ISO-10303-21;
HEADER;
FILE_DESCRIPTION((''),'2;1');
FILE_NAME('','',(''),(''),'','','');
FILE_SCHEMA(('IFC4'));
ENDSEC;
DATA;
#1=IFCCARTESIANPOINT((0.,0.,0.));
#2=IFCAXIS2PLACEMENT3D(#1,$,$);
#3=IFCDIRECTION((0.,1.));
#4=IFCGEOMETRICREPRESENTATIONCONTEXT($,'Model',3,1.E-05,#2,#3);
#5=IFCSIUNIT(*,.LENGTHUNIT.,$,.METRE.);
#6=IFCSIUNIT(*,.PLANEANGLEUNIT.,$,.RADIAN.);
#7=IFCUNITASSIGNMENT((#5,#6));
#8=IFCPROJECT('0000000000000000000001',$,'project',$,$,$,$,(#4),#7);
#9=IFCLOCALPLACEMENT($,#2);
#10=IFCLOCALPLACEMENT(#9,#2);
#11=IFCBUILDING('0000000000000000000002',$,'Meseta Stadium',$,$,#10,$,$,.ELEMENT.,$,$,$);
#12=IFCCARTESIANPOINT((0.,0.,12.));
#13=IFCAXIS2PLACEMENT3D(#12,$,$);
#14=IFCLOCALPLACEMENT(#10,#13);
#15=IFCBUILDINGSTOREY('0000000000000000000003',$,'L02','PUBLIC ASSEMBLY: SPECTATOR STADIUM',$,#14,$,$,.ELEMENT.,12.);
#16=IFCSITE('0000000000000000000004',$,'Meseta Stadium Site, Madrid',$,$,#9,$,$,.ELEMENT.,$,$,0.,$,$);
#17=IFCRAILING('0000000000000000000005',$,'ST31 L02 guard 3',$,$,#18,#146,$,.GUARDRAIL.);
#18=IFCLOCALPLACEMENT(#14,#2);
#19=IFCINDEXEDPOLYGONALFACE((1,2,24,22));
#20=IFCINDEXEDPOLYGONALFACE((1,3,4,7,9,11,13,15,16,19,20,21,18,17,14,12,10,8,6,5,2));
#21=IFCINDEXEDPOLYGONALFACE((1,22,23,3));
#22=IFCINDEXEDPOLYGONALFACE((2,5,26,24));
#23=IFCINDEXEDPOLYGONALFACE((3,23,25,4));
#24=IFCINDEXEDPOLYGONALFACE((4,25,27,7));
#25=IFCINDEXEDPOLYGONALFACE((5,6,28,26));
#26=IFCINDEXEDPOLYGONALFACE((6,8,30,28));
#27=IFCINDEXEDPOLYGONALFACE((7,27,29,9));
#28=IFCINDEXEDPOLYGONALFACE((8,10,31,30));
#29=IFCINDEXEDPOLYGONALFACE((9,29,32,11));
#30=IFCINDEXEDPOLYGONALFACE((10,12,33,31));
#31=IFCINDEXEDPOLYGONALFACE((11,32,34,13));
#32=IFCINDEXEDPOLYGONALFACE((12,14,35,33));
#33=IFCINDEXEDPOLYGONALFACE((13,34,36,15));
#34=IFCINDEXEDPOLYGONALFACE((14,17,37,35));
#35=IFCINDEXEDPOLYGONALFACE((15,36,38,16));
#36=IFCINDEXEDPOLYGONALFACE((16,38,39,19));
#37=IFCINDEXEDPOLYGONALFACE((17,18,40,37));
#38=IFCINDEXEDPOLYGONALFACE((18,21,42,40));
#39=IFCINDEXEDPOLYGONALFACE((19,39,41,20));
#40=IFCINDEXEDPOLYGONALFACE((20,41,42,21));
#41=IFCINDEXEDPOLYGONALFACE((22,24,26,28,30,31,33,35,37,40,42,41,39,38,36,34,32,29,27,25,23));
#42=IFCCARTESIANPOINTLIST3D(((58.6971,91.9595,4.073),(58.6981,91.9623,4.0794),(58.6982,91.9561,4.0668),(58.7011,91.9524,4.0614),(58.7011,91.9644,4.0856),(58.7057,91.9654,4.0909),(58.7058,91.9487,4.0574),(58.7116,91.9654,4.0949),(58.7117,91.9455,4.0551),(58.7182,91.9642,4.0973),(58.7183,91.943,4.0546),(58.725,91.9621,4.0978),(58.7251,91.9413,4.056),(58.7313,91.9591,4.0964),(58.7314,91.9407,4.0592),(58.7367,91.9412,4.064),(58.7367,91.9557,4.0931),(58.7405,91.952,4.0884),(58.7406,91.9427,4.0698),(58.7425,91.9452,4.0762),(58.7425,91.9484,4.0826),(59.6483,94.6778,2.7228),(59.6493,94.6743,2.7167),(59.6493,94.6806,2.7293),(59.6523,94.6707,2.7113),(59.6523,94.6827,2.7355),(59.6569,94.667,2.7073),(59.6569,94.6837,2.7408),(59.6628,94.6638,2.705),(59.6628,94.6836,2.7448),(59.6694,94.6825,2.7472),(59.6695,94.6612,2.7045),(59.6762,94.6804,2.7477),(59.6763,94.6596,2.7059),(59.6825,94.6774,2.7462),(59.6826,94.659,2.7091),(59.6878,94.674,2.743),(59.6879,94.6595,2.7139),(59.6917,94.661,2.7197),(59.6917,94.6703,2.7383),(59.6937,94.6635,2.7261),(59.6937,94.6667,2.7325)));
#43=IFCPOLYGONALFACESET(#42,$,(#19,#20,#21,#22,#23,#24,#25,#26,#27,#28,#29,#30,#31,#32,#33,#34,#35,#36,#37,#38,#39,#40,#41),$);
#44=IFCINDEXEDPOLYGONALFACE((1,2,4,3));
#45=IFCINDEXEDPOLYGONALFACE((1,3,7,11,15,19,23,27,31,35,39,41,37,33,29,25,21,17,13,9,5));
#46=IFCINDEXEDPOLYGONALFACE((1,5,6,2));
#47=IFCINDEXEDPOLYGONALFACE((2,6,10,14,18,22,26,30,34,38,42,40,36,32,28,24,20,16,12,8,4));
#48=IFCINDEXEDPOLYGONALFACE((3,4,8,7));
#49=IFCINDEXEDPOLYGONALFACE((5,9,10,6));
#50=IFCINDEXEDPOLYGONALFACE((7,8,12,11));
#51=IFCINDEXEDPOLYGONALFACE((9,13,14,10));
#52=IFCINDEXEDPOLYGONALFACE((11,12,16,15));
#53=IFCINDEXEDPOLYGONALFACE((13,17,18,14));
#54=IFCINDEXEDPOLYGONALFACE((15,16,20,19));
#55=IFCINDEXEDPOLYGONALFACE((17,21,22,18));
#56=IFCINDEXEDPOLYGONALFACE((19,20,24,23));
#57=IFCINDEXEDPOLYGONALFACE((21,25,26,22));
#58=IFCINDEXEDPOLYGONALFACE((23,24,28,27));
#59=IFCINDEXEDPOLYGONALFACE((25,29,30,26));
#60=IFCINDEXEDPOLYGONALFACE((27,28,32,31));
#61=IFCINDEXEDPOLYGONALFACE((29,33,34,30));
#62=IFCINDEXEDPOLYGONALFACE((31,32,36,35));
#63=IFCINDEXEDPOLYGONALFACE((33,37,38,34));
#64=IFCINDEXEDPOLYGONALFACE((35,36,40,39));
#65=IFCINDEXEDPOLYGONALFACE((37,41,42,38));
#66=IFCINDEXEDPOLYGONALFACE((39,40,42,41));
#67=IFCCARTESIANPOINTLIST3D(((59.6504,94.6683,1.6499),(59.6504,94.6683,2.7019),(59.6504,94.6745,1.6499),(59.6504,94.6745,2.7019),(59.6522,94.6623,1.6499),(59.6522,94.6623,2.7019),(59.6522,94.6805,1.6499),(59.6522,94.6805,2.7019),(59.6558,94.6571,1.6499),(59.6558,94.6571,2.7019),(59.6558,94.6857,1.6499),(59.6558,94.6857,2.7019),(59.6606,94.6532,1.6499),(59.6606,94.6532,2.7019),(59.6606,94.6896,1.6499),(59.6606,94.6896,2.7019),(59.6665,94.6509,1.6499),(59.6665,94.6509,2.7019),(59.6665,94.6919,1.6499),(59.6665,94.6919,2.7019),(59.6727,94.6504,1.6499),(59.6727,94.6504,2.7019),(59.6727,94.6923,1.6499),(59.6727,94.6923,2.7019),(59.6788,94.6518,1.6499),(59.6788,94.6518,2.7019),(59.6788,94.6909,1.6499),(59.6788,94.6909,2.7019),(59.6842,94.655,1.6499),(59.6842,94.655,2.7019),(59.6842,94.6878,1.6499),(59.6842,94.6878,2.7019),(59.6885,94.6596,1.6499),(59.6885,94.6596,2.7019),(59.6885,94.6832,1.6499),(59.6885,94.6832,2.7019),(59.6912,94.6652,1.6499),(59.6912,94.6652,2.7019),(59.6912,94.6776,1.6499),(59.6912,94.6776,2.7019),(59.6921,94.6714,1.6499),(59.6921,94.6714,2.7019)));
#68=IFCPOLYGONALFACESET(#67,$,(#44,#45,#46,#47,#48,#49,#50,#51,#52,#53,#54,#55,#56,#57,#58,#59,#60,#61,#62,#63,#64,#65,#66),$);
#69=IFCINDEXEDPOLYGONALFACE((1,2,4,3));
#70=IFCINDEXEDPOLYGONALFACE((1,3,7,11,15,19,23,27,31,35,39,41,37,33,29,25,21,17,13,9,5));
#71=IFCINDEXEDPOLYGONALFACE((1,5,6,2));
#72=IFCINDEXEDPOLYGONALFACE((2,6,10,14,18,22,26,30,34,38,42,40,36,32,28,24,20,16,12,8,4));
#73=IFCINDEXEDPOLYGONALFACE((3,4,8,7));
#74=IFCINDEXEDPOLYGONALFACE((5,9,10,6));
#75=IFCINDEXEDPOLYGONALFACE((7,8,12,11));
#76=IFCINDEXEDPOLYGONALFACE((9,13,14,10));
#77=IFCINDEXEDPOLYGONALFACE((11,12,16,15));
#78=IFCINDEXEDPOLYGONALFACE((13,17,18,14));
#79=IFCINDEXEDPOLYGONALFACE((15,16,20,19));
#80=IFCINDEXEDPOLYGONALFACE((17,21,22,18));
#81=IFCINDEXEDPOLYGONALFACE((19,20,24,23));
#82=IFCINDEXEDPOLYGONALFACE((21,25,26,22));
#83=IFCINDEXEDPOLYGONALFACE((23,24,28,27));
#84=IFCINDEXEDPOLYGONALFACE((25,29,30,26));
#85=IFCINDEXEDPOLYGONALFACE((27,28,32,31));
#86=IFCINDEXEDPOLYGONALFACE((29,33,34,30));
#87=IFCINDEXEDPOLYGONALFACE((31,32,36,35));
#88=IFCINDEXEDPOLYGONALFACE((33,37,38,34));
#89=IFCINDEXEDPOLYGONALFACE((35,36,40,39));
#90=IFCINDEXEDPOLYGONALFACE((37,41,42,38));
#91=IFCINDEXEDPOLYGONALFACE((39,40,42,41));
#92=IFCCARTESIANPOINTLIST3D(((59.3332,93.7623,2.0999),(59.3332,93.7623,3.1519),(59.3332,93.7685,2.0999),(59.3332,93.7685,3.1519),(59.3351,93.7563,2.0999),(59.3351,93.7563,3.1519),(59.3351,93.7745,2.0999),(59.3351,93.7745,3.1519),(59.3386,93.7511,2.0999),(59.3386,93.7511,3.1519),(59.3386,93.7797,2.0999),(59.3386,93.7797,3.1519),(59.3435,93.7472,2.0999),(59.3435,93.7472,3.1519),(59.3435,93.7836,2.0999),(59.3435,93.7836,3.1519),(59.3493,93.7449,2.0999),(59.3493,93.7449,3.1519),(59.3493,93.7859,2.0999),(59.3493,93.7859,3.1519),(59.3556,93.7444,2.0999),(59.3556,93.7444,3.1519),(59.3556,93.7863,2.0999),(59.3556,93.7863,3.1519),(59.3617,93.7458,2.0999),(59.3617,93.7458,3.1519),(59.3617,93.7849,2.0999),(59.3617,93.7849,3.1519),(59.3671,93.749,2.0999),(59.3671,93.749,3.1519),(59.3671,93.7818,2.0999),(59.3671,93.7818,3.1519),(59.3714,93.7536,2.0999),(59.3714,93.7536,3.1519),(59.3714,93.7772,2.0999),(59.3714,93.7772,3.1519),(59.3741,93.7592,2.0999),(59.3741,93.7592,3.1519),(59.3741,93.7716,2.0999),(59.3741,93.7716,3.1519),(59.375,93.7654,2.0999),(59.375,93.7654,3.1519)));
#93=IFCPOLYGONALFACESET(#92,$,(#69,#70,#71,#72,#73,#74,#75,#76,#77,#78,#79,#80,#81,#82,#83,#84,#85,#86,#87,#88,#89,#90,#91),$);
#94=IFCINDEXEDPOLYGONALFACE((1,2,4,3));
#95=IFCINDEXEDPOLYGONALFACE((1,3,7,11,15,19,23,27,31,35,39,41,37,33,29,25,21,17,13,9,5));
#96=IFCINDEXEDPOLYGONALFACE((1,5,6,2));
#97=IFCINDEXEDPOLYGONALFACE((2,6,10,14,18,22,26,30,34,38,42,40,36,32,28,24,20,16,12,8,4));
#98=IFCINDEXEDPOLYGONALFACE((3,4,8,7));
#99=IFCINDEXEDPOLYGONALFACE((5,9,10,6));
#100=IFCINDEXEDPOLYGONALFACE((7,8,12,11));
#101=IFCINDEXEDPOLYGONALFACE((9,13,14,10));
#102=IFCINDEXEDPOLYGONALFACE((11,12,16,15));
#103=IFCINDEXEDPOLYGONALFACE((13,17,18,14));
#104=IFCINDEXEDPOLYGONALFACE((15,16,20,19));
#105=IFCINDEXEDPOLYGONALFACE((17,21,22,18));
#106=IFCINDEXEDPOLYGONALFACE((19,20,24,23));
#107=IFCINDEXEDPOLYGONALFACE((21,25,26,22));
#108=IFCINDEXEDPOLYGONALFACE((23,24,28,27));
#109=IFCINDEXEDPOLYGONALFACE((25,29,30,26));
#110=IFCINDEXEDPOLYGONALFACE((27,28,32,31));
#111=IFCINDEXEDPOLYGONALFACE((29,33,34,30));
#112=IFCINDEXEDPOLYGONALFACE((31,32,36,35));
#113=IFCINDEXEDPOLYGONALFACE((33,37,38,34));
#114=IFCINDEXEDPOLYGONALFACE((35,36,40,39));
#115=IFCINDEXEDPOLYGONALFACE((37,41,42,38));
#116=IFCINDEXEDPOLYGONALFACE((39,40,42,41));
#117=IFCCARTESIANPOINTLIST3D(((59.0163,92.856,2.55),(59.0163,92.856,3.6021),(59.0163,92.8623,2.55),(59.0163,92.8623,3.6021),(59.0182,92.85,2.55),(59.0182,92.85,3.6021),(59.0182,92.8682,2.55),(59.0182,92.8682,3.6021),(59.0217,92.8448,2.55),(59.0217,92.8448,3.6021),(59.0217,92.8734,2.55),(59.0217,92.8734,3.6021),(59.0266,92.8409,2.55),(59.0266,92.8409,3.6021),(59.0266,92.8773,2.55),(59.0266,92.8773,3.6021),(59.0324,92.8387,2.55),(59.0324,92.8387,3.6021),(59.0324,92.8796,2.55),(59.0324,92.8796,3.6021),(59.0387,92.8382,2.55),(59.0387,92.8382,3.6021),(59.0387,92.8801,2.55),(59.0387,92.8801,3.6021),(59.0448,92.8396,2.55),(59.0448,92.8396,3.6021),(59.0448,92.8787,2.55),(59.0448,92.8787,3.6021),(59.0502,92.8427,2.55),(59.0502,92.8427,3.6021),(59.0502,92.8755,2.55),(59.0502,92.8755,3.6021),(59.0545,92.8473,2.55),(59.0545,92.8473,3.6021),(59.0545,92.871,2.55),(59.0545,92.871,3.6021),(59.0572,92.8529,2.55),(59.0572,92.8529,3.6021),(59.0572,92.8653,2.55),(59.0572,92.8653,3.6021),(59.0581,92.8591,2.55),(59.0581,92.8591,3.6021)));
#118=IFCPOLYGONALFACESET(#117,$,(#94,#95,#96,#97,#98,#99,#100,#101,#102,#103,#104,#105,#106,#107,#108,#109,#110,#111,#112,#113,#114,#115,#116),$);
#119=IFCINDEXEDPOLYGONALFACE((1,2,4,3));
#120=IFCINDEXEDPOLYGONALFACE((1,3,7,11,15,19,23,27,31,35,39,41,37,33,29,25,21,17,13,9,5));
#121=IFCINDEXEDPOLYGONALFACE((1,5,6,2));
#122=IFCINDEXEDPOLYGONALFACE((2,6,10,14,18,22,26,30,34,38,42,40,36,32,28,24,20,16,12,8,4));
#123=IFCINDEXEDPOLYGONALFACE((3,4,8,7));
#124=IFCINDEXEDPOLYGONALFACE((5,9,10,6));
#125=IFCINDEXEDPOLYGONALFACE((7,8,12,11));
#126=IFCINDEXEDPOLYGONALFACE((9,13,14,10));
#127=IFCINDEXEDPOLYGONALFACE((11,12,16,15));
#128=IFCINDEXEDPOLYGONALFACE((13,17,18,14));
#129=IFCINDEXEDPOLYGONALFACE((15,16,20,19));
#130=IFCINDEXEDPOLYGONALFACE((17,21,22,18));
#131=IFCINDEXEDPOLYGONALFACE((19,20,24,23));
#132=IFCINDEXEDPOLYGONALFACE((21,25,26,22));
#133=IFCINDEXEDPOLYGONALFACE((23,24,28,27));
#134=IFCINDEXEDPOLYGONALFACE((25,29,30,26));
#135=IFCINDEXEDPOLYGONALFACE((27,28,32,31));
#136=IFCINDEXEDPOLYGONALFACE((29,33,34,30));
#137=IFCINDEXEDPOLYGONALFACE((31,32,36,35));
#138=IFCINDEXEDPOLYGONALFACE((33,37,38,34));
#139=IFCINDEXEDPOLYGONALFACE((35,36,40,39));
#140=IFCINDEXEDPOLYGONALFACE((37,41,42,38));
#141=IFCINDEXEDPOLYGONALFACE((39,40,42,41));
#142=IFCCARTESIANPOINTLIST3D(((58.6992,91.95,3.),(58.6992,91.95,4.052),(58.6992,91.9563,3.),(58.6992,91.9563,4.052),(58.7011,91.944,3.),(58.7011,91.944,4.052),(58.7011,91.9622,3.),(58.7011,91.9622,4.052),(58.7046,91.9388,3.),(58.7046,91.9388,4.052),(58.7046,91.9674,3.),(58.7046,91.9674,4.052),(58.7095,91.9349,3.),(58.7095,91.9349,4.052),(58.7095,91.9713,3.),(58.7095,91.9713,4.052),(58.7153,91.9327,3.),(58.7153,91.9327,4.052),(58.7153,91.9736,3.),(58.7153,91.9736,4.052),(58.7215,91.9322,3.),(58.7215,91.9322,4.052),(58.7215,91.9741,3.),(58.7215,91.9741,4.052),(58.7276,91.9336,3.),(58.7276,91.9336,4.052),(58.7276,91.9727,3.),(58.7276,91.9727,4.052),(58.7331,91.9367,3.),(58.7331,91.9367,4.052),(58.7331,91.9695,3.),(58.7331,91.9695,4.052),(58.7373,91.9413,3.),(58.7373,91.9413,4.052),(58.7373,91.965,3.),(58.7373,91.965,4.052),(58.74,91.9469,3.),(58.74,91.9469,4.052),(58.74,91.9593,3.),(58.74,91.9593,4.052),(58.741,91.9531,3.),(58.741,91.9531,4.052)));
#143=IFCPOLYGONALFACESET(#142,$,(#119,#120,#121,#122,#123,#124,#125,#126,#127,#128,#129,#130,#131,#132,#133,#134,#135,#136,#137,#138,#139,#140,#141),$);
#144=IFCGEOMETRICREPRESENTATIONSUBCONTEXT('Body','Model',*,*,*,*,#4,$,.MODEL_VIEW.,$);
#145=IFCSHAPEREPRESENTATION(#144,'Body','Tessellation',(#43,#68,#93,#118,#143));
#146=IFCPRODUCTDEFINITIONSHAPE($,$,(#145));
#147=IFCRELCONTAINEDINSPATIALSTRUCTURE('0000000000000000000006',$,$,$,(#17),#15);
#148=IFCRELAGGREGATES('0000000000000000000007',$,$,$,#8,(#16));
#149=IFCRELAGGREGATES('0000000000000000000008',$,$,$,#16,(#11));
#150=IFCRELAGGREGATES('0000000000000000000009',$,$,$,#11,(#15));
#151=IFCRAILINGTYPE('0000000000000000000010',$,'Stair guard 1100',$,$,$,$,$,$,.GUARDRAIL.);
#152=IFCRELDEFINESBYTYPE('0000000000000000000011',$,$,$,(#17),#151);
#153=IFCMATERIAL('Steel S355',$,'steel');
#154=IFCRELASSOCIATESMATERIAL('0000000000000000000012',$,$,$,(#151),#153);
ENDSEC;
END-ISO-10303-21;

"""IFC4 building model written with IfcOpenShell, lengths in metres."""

from ifc_helpers import new_model, si_unit, direction, frame, origin, origin_2d, place, context, subcontext, project, spatial, circle, extrude, material, type_object, element, save


model = new_model("IFC4")

# Units and contexts
model_context = context("Model", 3, precision=1e-05, world=origin(), true_north=direction((0.0, 1.0)))
body_context = subcontext(model_context, "Body", "Model", "MODEL_VIEW")
ifc_project = project(units=[si_unit("LENGTHUNIT", "METRE"), si_unit("PLANEANGLEUNIT", "RADIAN")], contexts=[model_context])

# Site, building, storey
site_placement = place(None, origin())
site = spatial("IfcSite", under=ifc_project, at=site_placement, Name="Meseta Stadium Site, Madrid", CompositionType="ELEMENT", RefElevation=0.0)
building_placement = place(site_placement, origin())
building = spatial("IfcBuilding", under=site, at=building_placement, Name="Meseta Stadium", CompositionType="ELEMENT")
storey_placement = place(building_placement, frame((0.0, 0.0, 12.0)))
storey = spatial("IfcBuildingStorey", under=building, at=storey_placement, Name="L02", Description="PUBLIC ASSEMBLY: SPECTATOR STADIUM", CompositionType="ELEMENT", Elevation=12.0)

# Railing
ifc_material_1 = material(Name="Steel S355", Category="steel")
railing_type_1 = type_object("IfcRailingType", Name="Stair guard 1100", PredefinedType="GUARDRAIL", material=ifc_material_1)
railing_1_placement = place(storey_placement, frame((59.6711, 94.6714, 1.6499)))
element("IfcRailing", 1, at=railing_1_placement, inside=storey, type_object=railing_type_1, Name="ST31 L02 guard 3", PredefinedType="GUARDRAIL", context=body_context, shape_type="SweptSolid", body=[
    extrude(circle(Radius=0.0239, at=origin_2d()), frame((0.0, 0.0, 1.0762), z_axis=(-0.299051, -0.854629, 0.424474), x_axis=(0.943882, -0.330282, 0.0)), (0.0, 0.0, 1.0), 3.1807),
    extrude(circle(Radius=0.021, at=origin_2d()), origin(), (0.0, 0.0, 1.0), 1.052),
    extrude(circle(Radius=0.021, at=origin_2d()), frame((-0.3171, -0.906, 0.45)), (0.0, 0.0, 1.0), 1.052),
    extrude(circle(Radius=0.021, at=origin_2d()), frame((-0.634, -1.8123, 0.9001)), (0.0, 0.0, 1.0), 1.052),
    extrude(circle(Radius=0.021, at=origin_2d()), frame((-0.9512, -2.7183, 1.3501)), (0.0, 0.0, 1.0), 1.052),
])

save(model, "model.ifc")
